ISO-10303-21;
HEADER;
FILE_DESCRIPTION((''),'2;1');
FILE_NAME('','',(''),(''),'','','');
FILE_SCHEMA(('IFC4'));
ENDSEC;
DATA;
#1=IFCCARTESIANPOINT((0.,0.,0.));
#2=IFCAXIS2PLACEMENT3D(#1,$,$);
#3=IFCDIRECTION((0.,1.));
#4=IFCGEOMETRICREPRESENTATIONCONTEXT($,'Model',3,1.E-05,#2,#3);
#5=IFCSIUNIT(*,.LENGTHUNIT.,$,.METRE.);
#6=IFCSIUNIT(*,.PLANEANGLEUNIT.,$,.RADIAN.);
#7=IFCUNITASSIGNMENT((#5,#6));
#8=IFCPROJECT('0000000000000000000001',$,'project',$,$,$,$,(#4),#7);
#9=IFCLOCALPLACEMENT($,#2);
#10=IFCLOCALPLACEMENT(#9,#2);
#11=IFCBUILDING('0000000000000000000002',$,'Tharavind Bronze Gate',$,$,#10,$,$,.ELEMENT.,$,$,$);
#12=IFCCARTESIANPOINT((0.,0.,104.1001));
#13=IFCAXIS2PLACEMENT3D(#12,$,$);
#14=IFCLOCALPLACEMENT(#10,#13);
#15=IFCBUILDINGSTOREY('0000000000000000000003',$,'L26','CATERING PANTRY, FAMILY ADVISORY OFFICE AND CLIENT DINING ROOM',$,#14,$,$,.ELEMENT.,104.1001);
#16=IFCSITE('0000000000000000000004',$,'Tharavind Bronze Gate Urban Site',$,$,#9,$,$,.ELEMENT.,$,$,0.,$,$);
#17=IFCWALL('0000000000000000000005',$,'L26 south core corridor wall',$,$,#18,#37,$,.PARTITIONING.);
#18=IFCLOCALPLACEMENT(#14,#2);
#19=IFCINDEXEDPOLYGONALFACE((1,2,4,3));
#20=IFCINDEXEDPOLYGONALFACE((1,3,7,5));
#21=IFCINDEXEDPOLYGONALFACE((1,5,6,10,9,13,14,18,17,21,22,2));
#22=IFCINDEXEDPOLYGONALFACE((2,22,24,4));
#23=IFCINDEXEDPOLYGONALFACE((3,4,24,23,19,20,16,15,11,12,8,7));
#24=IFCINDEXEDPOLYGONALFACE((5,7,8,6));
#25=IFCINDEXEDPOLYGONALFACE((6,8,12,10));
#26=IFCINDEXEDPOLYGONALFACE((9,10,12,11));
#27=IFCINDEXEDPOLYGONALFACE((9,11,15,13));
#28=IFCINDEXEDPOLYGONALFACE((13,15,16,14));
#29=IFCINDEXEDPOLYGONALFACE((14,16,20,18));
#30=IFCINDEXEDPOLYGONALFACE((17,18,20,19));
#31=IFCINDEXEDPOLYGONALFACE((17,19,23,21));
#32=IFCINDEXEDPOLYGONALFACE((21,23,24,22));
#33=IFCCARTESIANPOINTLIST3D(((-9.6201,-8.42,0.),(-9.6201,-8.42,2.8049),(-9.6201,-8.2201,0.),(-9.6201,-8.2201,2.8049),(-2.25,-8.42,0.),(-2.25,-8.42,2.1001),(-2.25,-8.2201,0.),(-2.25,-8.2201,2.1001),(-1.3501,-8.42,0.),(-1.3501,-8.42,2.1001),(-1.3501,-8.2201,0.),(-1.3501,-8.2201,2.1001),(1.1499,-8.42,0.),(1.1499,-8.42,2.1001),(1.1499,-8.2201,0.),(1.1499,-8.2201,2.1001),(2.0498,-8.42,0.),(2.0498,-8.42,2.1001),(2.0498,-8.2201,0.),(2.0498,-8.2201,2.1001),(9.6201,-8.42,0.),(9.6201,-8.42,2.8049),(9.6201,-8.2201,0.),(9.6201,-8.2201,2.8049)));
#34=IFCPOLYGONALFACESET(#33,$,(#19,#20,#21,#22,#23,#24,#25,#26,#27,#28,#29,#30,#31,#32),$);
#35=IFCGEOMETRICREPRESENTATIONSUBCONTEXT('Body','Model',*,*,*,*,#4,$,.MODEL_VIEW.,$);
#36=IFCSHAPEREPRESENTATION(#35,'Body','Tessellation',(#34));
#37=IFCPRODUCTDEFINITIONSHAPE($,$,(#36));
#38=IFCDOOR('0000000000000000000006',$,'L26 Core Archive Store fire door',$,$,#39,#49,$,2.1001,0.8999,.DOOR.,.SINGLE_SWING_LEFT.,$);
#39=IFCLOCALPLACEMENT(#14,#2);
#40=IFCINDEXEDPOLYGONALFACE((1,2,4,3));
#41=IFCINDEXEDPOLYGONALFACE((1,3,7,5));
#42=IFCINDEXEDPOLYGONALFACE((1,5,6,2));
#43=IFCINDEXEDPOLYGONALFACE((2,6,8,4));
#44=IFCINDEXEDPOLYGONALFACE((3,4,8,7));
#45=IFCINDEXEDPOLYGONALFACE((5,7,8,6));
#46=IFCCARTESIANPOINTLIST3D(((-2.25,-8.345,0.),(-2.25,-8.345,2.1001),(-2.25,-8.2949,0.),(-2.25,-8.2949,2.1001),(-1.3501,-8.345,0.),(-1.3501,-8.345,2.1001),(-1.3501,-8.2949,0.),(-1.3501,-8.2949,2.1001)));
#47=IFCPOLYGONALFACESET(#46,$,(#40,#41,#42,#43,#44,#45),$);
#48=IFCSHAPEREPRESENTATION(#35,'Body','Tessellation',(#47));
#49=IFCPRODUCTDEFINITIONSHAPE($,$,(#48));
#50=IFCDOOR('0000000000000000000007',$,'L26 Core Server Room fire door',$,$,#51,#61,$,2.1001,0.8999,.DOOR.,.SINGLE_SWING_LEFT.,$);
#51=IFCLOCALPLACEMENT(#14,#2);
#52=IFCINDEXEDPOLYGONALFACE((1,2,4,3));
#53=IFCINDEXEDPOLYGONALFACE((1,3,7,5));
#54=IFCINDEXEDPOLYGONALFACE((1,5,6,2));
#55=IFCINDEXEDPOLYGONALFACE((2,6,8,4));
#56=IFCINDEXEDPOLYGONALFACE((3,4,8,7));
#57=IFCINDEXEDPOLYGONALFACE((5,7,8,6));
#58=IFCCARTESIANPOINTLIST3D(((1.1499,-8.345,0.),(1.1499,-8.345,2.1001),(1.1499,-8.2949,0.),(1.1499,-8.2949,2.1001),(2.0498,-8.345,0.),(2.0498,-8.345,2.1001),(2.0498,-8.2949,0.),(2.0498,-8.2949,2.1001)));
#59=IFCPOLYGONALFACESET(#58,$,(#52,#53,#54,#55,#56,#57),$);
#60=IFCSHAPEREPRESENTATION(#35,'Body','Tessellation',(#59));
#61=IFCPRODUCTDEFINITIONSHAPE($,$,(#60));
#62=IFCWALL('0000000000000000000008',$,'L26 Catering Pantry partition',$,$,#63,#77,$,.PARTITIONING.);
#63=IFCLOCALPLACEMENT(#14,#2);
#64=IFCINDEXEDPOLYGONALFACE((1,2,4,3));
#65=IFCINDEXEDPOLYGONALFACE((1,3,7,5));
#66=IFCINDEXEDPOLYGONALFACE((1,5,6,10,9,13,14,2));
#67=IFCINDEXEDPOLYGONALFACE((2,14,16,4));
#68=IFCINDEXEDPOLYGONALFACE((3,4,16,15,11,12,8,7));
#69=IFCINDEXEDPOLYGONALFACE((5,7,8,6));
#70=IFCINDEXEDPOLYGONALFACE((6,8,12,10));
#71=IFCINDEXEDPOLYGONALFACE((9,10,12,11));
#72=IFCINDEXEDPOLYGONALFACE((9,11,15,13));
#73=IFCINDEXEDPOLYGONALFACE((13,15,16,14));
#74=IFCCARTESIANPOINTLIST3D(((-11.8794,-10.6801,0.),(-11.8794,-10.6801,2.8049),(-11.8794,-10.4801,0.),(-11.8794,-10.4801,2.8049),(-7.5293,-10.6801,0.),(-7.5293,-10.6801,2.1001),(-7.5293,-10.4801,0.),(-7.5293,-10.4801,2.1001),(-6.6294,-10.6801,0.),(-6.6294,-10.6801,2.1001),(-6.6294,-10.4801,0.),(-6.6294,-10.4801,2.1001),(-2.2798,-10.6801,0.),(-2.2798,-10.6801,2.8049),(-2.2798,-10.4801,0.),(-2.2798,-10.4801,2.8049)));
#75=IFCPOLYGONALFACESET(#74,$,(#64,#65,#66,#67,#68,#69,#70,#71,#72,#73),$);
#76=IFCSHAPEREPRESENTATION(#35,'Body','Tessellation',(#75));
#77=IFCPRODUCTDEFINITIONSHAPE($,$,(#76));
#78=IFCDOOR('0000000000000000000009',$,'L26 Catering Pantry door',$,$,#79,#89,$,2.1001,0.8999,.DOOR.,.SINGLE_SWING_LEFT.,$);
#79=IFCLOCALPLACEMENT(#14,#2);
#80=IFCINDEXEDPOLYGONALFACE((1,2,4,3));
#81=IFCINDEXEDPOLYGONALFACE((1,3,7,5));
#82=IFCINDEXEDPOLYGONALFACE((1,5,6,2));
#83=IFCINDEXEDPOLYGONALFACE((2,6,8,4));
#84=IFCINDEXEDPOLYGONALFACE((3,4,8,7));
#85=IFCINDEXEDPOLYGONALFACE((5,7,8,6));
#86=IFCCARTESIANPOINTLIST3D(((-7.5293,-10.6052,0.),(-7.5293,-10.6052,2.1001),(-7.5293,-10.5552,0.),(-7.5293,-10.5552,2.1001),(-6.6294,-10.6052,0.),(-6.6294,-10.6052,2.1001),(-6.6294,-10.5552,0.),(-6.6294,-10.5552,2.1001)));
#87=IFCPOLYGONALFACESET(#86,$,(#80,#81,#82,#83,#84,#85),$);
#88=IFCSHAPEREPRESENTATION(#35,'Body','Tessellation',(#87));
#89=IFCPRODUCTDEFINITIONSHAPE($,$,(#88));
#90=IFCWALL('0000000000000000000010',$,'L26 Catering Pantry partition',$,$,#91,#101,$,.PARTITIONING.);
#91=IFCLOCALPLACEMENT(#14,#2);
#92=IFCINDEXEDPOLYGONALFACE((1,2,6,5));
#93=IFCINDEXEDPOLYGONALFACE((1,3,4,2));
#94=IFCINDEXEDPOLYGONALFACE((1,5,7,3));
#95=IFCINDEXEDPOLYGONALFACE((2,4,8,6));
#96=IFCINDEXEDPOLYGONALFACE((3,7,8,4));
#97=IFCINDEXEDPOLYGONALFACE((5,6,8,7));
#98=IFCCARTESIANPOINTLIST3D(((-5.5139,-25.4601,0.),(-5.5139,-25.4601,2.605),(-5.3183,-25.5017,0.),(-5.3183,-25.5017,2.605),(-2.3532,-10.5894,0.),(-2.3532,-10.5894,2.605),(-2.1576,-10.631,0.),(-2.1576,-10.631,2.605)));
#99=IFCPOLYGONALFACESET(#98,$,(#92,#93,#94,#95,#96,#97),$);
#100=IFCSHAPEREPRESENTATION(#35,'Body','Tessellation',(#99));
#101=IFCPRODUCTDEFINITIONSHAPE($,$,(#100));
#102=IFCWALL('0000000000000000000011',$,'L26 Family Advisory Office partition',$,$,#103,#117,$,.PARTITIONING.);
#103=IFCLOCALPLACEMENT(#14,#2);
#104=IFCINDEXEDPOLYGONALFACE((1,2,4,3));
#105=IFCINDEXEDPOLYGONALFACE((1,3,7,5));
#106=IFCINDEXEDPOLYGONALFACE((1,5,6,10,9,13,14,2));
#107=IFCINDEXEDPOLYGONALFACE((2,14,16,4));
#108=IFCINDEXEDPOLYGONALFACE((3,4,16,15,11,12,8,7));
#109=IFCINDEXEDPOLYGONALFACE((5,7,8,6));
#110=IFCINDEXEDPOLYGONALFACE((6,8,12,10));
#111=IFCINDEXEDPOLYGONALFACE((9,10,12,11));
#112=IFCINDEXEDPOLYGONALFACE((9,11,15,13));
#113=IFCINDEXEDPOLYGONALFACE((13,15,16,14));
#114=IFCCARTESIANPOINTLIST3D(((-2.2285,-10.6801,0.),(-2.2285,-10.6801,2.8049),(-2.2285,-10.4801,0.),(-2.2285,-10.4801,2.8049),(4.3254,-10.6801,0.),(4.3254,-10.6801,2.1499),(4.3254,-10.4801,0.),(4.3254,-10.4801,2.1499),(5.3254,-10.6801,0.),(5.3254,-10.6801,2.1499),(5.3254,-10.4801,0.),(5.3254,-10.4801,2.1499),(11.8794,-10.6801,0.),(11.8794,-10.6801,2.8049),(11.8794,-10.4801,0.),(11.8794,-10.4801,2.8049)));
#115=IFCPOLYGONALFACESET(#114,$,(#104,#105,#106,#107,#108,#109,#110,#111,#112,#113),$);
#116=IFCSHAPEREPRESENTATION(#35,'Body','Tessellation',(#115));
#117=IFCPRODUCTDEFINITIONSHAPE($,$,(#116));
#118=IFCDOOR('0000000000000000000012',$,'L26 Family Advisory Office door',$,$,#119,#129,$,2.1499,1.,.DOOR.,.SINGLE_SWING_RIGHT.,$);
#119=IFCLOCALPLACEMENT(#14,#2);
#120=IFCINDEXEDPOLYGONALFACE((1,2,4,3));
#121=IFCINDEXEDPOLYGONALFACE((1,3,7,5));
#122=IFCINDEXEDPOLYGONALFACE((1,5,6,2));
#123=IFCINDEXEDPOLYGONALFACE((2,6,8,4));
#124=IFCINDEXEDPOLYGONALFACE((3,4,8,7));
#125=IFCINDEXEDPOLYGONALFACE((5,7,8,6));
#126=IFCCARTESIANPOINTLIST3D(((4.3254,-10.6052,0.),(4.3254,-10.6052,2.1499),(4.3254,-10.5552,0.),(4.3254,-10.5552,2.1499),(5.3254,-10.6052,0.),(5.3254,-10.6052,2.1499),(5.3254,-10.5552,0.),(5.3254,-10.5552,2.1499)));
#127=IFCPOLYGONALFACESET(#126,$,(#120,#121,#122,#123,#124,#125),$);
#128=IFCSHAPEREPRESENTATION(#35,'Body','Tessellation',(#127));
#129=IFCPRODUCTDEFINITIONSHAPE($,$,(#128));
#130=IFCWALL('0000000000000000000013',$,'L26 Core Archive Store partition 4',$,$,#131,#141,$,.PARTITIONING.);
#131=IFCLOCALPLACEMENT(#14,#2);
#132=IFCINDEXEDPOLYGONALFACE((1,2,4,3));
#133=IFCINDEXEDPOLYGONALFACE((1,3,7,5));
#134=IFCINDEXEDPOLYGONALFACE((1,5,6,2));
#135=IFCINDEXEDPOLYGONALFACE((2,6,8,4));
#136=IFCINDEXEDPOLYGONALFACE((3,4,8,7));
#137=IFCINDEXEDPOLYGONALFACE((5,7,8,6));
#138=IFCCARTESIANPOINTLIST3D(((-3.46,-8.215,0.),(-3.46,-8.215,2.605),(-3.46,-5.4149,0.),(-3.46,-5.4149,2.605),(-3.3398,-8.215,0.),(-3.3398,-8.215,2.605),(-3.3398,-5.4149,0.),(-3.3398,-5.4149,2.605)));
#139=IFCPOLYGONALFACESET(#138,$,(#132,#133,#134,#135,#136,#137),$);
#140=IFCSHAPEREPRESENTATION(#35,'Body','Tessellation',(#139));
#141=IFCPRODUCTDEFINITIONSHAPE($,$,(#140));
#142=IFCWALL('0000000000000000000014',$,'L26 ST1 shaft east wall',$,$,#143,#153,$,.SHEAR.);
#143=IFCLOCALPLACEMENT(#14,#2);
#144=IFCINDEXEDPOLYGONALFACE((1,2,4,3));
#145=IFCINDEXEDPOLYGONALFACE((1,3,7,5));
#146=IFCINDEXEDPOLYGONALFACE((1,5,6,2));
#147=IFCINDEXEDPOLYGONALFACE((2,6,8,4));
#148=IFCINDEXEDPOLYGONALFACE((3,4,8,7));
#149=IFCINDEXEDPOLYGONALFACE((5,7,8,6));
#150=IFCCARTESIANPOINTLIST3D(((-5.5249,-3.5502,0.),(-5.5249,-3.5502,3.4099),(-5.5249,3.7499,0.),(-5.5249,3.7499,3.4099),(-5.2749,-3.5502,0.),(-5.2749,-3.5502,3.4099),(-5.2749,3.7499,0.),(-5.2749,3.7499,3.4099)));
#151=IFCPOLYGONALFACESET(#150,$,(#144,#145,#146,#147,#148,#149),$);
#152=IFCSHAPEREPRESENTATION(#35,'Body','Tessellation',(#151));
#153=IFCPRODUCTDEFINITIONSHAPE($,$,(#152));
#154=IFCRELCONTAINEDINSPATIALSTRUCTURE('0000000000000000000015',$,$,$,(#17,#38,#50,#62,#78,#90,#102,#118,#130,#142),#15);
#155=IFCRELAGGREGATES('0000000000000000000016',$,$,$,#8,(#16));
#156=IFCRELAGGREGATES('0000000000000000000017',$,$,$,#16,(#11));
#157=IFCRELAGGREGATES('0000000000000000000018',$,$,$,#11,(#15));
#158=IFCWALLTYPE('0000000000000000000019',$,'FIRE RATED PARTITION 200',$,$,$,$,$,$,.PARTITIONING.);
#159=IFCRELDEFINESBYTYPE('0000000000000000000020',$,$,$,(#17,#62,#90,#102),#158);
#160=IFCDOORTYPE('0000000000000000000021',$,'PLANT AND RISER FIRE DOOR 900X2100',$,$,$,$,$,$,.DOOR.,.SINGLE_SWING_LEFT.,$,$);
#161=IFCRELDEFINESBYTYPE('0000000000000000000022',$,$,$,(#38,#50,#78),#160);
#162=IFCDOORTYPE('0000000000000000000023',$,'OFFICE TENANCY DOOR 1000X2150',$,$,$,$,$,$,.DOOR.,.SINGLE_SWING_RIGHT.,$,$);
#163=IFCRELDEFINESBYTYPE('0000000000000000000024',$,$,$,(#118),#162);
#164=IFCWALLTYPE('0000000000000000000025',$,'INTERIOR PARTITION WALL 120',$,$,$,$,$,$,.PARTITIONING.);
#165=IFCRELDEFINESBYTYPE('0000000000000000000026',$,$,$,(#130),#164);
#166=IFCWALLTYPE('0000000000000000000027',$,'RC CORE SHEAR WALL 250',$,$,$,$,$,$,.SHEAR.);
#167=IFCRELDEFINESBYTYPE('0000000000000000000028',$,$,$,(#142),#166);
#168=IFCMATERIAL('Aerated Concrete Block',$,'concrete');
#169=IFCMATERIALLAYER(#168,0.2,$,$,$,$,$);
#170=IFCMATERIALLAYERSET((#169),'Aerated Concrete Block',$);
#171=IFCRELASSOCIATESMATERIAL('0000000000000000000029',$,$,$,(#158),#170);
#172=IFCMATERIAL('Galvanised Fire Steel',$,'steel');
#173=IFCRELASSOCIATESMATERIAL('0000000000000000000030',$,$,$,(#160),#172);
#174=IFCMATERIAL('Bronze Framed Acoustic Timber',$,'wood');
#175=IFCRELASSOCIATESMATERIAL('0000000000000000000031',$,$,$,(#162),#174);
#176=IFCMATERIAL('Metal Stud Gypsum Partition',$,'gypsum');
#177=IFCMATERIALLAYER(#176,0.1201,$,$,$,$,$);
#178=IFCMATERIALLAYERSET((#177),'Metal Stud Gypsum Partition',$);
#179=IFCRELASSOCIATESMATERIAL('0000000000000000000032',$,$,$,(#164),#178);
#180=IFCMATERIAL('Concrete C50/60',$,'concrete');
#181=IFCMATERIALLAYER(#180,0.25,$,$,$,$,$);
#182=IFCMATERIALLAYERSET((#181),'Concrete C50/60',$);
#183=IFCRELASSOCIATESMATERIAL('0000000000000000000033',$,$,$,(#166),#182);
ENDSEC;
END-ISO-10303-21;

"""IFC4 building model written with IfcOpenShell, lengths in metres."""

from ifc_helpers import new_model, si_unit, direction, frame, frame_2d, origin, place, context, subcontext, project, spatial, rectangle, extrude, material, layer, layer_set, type_object, element, fill, save


model = new_model("IFC4")

# Units and contexts
model_context = context("Model", 3, precision=1e-05, world=origin(), true_north=direction((0.0, 1.0)))
body_context = subcontext(model_context, "Body", "Model", "MODEL_VIEW")
ifc_project = project(units=[si_unit("LENGTHUNIT", "METRE"), si_unit("PLANEANGLEUNIT", "RADIAN")], contexts=[model_context])

# Site, building, storey
site_placement = place(None, origin())
site = spatial("IfcSite", under=ifc_project, at=site_placement, Name="Tharavind Bronze Gate Urban Site", CompositionType="ELEMENT", RefElevation=0.0)
building_placement = place(site_placement, origin())
building = spatial("IfcBuilding", under=site, at=building_placement, Name="Tharavind Bronze Gate", CompositionType="ELEMENT")
storey_placement = place(building_placement, frame((0.0, 0.0, 104.1001)))
storey = spatial("IfcBuildingStorey", under=building, at=storey_placement, Name="L26", Description="CATERING PANTRY, FAMILY ADVISORY OFFICE AND CLIENT DINING ROOM", CompositionType="ELEMENT", Elevation=104.1001)

# Wall, openings, doors
ifc_material_1 = material(Name="Aerated Concrete Block", Category="concrete")
ifc_layer_1 = layer(ifc_material_1, 0.2)
ifc_layer_set_1 = layer_set([ifc_layer_1], Name="Aerated Concrete Block")
wall_type_1 = type_object("IfcWallType", Name="FIRE RATED PARTITION 200", PredefinedType="PARTITIONING", material=ifc_layer_set_1)
wall_1_placement = place(storey_placement, frame((-9.6201, -8.3201, 0.0), z_axis=(0.0, 0.0, 1.0), x_axis=(1.0, 0.0, 0.0)))
wall_1 = element("IfcWall", 1, at=wall_1_placement, inside=storey, type_object=wall_type_1, Name="L26 south core corridor wall", PredefinedType="PARTITIONING", context=body_context, shape_type="SweptSolid", body=[
    extrude(rectangle(XDim=19.2402, YDim=0.2, at=frame_2d((9.6201, 0.0))), origin(), (0.0, 0.0, 1.0), 2.8049),
])
opening_1_placement = place(wall_1_placement, frame((7.3701, 0.0, 0.0)))
opening_1 = element("IfcOpeningElement", 2, at=opening_1_placement, cuts=wall_1, PredefinedType="OPENING", context=body_context, shape_type="SweptSolid", body=[
    extrude(rectangle(XDim=0.8999, YDim=2.1001, at=frame_2d((0.45, 1.05))), frame((0.0, 0.1101, 0.0), z_axis=(0.0, -1.0, 0.0), x_axis=(1.0, 0.0, 0.0)), (0.0, 0.0, 1.0), 0.22),
])
opening_2_placement = place(wall_1_placement, frame((10.77, 0.0, 0.0)))
opening_2 = element("IfcOpeningElement", 3, at=opening_2_placement, cuts=wall_1, PredefinedType="OPENING", context=body_context, shape_type="SweptSolid", body=[
    extrude(rectangle(XDim=0.8999, YDim=2.1001, at=frame_2d((0.45, 1.05))), frame((0.0, 0.1101, 0.0), z_axis=(0.0, -1.0, 0.0), x_axis=(1.0, 0.0, 0.0)), (0.0, 0.0, 1.0), 0.22),
])
ifc_material_2 = material(Name="Galvanised Fire Steel", Category="steel")
door_type_1 = type_object("IfcDoorType", Name="PLANT AND RISER FIRE DOOR 900X2100", OperationType="SINGLE_SWING_LEFT", PredefinedType="DOOR", material=ifc_material_2)
door_1_placement = place(opening_1_placement, frame((0.8999, 0.0, 0.0), z_axis=(0.0, 0.0, 1.0), x_axis=(-1.0, 0.0, 0.0)))
door_1 = element("IfcDoor", 4, at=door_1_placement, inside=storey, type_object=door_type_1, Name="L26 Core Archive Store fire door", OperationType="SINGLE_SWING_LEFT", OverallHeight=2.1001, OverallWidth=0.8999, PredefinedType="DOOR", context=body_context, shape_type="SweptSolid", body=[
    extrude(rectangle(XDim=0.8999, YDim=2.1001, at=frame_2d((0.45, 1.05))), frame((0.0, 0.0249, 0.0), z_axis=(0.0, -1.0, 0.0), x_axis=(1.0, 0.0, 0.0)), (0.0, 0.0, 1.0), 0.05),
])
fill(opening_1, door_1)
door_2_placement = place(opening_2_placement, frame((0.8999, 0.0, 0.0), z_axis=(0.0, 0.0, 1.0), x_axis=(-1.0, 0.0, 0.0)))
door_2 = element("IfcDoor", 5, at=door_2_placement, inside=storey, type_object=door_type_1, Name="L26 Core Server Room fire door", OperationType="SINGLE_SWING_LEFT", OverallHeight=2.1001, OverallWidth=0.8999, PredefinedType="DOOR", context=body_context, shape_type="SweptSolid", body=[
    extrude(rectangle(XDim=0.8999, YDim=2.1001, at=frame_2d((0.45, 1.05))), frame((0.0, 0.0249, 0.0), z_axis=(0.0, -1.0, 0.0), x_axis=(1.0, 0.0, 0.0)), (0.0, 0.0, 1.0), 0.05),
])
fill(opening_2, door_2)

# Wall, opening, door
wall_2_placement = place(storey_placement, frame((-11.8794, -10.5801, 0.0), z_axis=(0.0, 0.0, 1.0), x_axis=(1.0, 0.0, 0.0)))
wall_2 = element("IfcWall", 6, at=wall_2_placement, inside=storey, type_object=wall_type_1, Name="L26 Catering Pantry partition", PredefinedType="PARTITIONING", context=body_context, shape_type="SweptSolid", body=[
    extrude(rectangle(XDim=9.5996, YDim=0.2, at=frame_2d((4.7998, 0.0))), origin(), (0.0, 0.0, 1.0), 2.8049),
])
opening_3_placement = place(wall_2_placement, frame((4.3501, 0.0, 0.0)))
opening_3 = element("IfcOpeningElement", 7, at=opening_3_placement, cuts=wall_2, PredefinedType="OPENING", context=body_context, shape_type="SweptSolid", body=[
    extrude(rectangle(XDim=0.8999, YDim=2.1001, at=frame_2d((0.45, 1.05))), frame((0.0, 0.1101, 0.0), z_axis=(0.0, -1.0, 0.0), x_axis=(1.0, 0.0, 0.0)), (0.0, 0.0, 1.0), 0.22),
])
door_3_placement = place(opening_3_placement, origin())
door_3 = element("IfcDoor", 8, at=door_3_placement, inside=storey, type_object=door_type_1, Name="L26 Catering Pantry door", OperationType="SINGLE_SWING_LEFT", OverallHeight=2.1001, OverallWidth=0.8999, PredefinedType="DOOR", context=body_context, shape_type="SweptSolid", body=[
    extrude(rectangle(XDim=0.8999, YDim=2.1001, at=frame_2d((0.45, 1.05))), frame((0.0, 0.0249, 0.0), z_axis=(0.0, -1.0, 0.0), x_axis=(1.0, 0.0, 0.0)), (0.0, 0.0, 1.0), 0.05),
])
fill(opening_3, door_3)

# Wall
wall_3_placement = place(storey_placement, frame((-2.2554, -10.6101, 0.0), z_axis=(0.0, 0.0, 1.0), x_axis=(-0.207899, -0.97815, 0.0)))
element("IfcWall", 9, at=wall_3_placement, inside=storey, type_object=wall_type_1, Name="L26 Catering Pantry partition", PredefinedType="PARTITIONING", context=body_context, shape_type="SweptSolid", body=[
    extrude(rectangle(XDim=15.2029, YDim=0.2, at=frame_2d((7.6016, 0.0))), origin(), (0.0, 0.0, 1.0), 2.605),
])

# Wall, opening, door
wall_4_placement = place(storey_placement, frame((-2.2285, -10.5801, 0.0), z_axis=(0.0, 0.0, 1.0), x_axis=(1.0, 0.0, 0.0)))
wall_4 = element("IfcWall", 10, at=wall_4_placement, inside=storey, type_object=wall_type_1, Name="L26 Family Advisory Office partition", PredefinedType="PARTITIONING", context=body_context, shape_type="SweptSolid", body=[
    extrude(rectangle(XDim=14.1079, YDim=0.2, at=frame_2d((7.054, 0.0))), origin(), (0.0, 0.0, 1.0), 2.8049),
])
opening_4_placement = place(wall_4_placement, frame((6.554, 0.0, 0.0)))
opening_4 = element("IfcOpeningElement", 11, at=opening_4_placement, cuts=wall_4, PredefinedType="OPENING", context=body_context, shape_type="SweptSolid", body=[
    extrude(rectangle(XDim=1.0, YDim=2.1499, at=frame_2d((0.5, 1.075))), frame((0.0, 0.1101, 0.0), z_axis=(0.0, -1.0, 0.0), x_axis=(1.0, 0.0, 0.0)), (0.0, 0.0, 1.0), 0.22),
])
ifc_material_3 = material(Name="Bronze Framed Acoustic Timber", Category="wood")
door_type_2 = type_object("IfcDoorType", Name="OFFICE TENANCY DOOR 1000X2150", OperationType="SINGLE_SWING_RIGHT", PredefinedType="DOOR", material=ifc_material_3)
door_4_placement = place(opening_4_placement, origin())
door_4 = element("IfcDoor", 12, at=door_4_placement, inside=storey, type_object=door_type_2, Name="L26 Family Advisory Office door", OperationType="SINGLE_SWING_RIGHT", OverallHeight=2.1499, OverallWidth=1.0, PredefinedType="DOOR", context=body_context, shape_type="SweptSolid", body=[
    extrude(rectangle(XDim=1.0, YDim=2.1499, at=frame_2d((0.5, 1.075))), frame((0.0, 0.0249, 0.0), z_axis=(0.0, -1.0, 0.0), x_axis=(1.0, 0.0, 0.0)), (0.0, 0.0, 1.0), 0.05),
])
fill(opening_4, door_4)

# Walls
ifc_material_4 = material(Name="Metal Stud Gypsum Partition", Category="gypsum")
ifc_layer_2 = layer(ifc_material_4, 0.1201)
ifc_layer_set_2 = layer_set([ifc_layer_2], Name="Metal Stud Gypsum Partition")
wall_type_2 = type_object("IfcWallType", Name="INTERIOR PARTITION WALL 120", PredefinedType="PARTITIONING", material=ifc_layer_set_2)
wall_5_placement = place(storey_placement, frame((-3.3999, -5.415, 0.0), z_axis=(0.0, 0.0, 1.0), x_axis=(0.0, -1.0, 0.0)))
element("IfcWall", 13, at=wall_5_placement, inside=storey, type_object=wall_type_2, Name="L26 Core Archive Store partition 4", PredefinedType="PARTITIONING", context=body_context, shape_type="SweptSolid", body=[
    extrude(rectangle(XDim=2.8, YDim=0.1201, at=frame_2d((1.3999, 0.0))), origin(), (0.0, 0.0, 1.0), 2.605),
])
ifc_material_5 = material(Name="Concrete C50/60", Category="concrete")
ifc_layer_3 = layer(ifc_material_5, 0.25)
ifc_layer_set_3 = layer_set([ifc_layer_3], Name="Concrete C50/60")
wall_type_3 = type_object("IfcWallType", Name="RC CORE SHEAR WALL 250", PredefinedType="SHEAR", material=ifc_layer_set_3)
wall_6_placement = place(storey_placement, frame((-5.3999, -3.55, 0.0), z_axis=(0.0, 0.0, 1.0), x_axis=(0.0, 1.0, 0.0)))
element("IfcWall", 14, at=wall_6_placement, inside=storey, type_object=wall_type_3, Name="L26 ST1 shaft east wall", PredefinedType="SHEAR", context=body_context, shape_type="SweptSolid", body=[
    extrude(rectangle(XDim=7.3, YDim=0.25, at=frame_2d((3.6499, 0.0))), origin(), (0.0, 0.0, 1.0), 3.4099),
])

save(model, "model.ifc")
